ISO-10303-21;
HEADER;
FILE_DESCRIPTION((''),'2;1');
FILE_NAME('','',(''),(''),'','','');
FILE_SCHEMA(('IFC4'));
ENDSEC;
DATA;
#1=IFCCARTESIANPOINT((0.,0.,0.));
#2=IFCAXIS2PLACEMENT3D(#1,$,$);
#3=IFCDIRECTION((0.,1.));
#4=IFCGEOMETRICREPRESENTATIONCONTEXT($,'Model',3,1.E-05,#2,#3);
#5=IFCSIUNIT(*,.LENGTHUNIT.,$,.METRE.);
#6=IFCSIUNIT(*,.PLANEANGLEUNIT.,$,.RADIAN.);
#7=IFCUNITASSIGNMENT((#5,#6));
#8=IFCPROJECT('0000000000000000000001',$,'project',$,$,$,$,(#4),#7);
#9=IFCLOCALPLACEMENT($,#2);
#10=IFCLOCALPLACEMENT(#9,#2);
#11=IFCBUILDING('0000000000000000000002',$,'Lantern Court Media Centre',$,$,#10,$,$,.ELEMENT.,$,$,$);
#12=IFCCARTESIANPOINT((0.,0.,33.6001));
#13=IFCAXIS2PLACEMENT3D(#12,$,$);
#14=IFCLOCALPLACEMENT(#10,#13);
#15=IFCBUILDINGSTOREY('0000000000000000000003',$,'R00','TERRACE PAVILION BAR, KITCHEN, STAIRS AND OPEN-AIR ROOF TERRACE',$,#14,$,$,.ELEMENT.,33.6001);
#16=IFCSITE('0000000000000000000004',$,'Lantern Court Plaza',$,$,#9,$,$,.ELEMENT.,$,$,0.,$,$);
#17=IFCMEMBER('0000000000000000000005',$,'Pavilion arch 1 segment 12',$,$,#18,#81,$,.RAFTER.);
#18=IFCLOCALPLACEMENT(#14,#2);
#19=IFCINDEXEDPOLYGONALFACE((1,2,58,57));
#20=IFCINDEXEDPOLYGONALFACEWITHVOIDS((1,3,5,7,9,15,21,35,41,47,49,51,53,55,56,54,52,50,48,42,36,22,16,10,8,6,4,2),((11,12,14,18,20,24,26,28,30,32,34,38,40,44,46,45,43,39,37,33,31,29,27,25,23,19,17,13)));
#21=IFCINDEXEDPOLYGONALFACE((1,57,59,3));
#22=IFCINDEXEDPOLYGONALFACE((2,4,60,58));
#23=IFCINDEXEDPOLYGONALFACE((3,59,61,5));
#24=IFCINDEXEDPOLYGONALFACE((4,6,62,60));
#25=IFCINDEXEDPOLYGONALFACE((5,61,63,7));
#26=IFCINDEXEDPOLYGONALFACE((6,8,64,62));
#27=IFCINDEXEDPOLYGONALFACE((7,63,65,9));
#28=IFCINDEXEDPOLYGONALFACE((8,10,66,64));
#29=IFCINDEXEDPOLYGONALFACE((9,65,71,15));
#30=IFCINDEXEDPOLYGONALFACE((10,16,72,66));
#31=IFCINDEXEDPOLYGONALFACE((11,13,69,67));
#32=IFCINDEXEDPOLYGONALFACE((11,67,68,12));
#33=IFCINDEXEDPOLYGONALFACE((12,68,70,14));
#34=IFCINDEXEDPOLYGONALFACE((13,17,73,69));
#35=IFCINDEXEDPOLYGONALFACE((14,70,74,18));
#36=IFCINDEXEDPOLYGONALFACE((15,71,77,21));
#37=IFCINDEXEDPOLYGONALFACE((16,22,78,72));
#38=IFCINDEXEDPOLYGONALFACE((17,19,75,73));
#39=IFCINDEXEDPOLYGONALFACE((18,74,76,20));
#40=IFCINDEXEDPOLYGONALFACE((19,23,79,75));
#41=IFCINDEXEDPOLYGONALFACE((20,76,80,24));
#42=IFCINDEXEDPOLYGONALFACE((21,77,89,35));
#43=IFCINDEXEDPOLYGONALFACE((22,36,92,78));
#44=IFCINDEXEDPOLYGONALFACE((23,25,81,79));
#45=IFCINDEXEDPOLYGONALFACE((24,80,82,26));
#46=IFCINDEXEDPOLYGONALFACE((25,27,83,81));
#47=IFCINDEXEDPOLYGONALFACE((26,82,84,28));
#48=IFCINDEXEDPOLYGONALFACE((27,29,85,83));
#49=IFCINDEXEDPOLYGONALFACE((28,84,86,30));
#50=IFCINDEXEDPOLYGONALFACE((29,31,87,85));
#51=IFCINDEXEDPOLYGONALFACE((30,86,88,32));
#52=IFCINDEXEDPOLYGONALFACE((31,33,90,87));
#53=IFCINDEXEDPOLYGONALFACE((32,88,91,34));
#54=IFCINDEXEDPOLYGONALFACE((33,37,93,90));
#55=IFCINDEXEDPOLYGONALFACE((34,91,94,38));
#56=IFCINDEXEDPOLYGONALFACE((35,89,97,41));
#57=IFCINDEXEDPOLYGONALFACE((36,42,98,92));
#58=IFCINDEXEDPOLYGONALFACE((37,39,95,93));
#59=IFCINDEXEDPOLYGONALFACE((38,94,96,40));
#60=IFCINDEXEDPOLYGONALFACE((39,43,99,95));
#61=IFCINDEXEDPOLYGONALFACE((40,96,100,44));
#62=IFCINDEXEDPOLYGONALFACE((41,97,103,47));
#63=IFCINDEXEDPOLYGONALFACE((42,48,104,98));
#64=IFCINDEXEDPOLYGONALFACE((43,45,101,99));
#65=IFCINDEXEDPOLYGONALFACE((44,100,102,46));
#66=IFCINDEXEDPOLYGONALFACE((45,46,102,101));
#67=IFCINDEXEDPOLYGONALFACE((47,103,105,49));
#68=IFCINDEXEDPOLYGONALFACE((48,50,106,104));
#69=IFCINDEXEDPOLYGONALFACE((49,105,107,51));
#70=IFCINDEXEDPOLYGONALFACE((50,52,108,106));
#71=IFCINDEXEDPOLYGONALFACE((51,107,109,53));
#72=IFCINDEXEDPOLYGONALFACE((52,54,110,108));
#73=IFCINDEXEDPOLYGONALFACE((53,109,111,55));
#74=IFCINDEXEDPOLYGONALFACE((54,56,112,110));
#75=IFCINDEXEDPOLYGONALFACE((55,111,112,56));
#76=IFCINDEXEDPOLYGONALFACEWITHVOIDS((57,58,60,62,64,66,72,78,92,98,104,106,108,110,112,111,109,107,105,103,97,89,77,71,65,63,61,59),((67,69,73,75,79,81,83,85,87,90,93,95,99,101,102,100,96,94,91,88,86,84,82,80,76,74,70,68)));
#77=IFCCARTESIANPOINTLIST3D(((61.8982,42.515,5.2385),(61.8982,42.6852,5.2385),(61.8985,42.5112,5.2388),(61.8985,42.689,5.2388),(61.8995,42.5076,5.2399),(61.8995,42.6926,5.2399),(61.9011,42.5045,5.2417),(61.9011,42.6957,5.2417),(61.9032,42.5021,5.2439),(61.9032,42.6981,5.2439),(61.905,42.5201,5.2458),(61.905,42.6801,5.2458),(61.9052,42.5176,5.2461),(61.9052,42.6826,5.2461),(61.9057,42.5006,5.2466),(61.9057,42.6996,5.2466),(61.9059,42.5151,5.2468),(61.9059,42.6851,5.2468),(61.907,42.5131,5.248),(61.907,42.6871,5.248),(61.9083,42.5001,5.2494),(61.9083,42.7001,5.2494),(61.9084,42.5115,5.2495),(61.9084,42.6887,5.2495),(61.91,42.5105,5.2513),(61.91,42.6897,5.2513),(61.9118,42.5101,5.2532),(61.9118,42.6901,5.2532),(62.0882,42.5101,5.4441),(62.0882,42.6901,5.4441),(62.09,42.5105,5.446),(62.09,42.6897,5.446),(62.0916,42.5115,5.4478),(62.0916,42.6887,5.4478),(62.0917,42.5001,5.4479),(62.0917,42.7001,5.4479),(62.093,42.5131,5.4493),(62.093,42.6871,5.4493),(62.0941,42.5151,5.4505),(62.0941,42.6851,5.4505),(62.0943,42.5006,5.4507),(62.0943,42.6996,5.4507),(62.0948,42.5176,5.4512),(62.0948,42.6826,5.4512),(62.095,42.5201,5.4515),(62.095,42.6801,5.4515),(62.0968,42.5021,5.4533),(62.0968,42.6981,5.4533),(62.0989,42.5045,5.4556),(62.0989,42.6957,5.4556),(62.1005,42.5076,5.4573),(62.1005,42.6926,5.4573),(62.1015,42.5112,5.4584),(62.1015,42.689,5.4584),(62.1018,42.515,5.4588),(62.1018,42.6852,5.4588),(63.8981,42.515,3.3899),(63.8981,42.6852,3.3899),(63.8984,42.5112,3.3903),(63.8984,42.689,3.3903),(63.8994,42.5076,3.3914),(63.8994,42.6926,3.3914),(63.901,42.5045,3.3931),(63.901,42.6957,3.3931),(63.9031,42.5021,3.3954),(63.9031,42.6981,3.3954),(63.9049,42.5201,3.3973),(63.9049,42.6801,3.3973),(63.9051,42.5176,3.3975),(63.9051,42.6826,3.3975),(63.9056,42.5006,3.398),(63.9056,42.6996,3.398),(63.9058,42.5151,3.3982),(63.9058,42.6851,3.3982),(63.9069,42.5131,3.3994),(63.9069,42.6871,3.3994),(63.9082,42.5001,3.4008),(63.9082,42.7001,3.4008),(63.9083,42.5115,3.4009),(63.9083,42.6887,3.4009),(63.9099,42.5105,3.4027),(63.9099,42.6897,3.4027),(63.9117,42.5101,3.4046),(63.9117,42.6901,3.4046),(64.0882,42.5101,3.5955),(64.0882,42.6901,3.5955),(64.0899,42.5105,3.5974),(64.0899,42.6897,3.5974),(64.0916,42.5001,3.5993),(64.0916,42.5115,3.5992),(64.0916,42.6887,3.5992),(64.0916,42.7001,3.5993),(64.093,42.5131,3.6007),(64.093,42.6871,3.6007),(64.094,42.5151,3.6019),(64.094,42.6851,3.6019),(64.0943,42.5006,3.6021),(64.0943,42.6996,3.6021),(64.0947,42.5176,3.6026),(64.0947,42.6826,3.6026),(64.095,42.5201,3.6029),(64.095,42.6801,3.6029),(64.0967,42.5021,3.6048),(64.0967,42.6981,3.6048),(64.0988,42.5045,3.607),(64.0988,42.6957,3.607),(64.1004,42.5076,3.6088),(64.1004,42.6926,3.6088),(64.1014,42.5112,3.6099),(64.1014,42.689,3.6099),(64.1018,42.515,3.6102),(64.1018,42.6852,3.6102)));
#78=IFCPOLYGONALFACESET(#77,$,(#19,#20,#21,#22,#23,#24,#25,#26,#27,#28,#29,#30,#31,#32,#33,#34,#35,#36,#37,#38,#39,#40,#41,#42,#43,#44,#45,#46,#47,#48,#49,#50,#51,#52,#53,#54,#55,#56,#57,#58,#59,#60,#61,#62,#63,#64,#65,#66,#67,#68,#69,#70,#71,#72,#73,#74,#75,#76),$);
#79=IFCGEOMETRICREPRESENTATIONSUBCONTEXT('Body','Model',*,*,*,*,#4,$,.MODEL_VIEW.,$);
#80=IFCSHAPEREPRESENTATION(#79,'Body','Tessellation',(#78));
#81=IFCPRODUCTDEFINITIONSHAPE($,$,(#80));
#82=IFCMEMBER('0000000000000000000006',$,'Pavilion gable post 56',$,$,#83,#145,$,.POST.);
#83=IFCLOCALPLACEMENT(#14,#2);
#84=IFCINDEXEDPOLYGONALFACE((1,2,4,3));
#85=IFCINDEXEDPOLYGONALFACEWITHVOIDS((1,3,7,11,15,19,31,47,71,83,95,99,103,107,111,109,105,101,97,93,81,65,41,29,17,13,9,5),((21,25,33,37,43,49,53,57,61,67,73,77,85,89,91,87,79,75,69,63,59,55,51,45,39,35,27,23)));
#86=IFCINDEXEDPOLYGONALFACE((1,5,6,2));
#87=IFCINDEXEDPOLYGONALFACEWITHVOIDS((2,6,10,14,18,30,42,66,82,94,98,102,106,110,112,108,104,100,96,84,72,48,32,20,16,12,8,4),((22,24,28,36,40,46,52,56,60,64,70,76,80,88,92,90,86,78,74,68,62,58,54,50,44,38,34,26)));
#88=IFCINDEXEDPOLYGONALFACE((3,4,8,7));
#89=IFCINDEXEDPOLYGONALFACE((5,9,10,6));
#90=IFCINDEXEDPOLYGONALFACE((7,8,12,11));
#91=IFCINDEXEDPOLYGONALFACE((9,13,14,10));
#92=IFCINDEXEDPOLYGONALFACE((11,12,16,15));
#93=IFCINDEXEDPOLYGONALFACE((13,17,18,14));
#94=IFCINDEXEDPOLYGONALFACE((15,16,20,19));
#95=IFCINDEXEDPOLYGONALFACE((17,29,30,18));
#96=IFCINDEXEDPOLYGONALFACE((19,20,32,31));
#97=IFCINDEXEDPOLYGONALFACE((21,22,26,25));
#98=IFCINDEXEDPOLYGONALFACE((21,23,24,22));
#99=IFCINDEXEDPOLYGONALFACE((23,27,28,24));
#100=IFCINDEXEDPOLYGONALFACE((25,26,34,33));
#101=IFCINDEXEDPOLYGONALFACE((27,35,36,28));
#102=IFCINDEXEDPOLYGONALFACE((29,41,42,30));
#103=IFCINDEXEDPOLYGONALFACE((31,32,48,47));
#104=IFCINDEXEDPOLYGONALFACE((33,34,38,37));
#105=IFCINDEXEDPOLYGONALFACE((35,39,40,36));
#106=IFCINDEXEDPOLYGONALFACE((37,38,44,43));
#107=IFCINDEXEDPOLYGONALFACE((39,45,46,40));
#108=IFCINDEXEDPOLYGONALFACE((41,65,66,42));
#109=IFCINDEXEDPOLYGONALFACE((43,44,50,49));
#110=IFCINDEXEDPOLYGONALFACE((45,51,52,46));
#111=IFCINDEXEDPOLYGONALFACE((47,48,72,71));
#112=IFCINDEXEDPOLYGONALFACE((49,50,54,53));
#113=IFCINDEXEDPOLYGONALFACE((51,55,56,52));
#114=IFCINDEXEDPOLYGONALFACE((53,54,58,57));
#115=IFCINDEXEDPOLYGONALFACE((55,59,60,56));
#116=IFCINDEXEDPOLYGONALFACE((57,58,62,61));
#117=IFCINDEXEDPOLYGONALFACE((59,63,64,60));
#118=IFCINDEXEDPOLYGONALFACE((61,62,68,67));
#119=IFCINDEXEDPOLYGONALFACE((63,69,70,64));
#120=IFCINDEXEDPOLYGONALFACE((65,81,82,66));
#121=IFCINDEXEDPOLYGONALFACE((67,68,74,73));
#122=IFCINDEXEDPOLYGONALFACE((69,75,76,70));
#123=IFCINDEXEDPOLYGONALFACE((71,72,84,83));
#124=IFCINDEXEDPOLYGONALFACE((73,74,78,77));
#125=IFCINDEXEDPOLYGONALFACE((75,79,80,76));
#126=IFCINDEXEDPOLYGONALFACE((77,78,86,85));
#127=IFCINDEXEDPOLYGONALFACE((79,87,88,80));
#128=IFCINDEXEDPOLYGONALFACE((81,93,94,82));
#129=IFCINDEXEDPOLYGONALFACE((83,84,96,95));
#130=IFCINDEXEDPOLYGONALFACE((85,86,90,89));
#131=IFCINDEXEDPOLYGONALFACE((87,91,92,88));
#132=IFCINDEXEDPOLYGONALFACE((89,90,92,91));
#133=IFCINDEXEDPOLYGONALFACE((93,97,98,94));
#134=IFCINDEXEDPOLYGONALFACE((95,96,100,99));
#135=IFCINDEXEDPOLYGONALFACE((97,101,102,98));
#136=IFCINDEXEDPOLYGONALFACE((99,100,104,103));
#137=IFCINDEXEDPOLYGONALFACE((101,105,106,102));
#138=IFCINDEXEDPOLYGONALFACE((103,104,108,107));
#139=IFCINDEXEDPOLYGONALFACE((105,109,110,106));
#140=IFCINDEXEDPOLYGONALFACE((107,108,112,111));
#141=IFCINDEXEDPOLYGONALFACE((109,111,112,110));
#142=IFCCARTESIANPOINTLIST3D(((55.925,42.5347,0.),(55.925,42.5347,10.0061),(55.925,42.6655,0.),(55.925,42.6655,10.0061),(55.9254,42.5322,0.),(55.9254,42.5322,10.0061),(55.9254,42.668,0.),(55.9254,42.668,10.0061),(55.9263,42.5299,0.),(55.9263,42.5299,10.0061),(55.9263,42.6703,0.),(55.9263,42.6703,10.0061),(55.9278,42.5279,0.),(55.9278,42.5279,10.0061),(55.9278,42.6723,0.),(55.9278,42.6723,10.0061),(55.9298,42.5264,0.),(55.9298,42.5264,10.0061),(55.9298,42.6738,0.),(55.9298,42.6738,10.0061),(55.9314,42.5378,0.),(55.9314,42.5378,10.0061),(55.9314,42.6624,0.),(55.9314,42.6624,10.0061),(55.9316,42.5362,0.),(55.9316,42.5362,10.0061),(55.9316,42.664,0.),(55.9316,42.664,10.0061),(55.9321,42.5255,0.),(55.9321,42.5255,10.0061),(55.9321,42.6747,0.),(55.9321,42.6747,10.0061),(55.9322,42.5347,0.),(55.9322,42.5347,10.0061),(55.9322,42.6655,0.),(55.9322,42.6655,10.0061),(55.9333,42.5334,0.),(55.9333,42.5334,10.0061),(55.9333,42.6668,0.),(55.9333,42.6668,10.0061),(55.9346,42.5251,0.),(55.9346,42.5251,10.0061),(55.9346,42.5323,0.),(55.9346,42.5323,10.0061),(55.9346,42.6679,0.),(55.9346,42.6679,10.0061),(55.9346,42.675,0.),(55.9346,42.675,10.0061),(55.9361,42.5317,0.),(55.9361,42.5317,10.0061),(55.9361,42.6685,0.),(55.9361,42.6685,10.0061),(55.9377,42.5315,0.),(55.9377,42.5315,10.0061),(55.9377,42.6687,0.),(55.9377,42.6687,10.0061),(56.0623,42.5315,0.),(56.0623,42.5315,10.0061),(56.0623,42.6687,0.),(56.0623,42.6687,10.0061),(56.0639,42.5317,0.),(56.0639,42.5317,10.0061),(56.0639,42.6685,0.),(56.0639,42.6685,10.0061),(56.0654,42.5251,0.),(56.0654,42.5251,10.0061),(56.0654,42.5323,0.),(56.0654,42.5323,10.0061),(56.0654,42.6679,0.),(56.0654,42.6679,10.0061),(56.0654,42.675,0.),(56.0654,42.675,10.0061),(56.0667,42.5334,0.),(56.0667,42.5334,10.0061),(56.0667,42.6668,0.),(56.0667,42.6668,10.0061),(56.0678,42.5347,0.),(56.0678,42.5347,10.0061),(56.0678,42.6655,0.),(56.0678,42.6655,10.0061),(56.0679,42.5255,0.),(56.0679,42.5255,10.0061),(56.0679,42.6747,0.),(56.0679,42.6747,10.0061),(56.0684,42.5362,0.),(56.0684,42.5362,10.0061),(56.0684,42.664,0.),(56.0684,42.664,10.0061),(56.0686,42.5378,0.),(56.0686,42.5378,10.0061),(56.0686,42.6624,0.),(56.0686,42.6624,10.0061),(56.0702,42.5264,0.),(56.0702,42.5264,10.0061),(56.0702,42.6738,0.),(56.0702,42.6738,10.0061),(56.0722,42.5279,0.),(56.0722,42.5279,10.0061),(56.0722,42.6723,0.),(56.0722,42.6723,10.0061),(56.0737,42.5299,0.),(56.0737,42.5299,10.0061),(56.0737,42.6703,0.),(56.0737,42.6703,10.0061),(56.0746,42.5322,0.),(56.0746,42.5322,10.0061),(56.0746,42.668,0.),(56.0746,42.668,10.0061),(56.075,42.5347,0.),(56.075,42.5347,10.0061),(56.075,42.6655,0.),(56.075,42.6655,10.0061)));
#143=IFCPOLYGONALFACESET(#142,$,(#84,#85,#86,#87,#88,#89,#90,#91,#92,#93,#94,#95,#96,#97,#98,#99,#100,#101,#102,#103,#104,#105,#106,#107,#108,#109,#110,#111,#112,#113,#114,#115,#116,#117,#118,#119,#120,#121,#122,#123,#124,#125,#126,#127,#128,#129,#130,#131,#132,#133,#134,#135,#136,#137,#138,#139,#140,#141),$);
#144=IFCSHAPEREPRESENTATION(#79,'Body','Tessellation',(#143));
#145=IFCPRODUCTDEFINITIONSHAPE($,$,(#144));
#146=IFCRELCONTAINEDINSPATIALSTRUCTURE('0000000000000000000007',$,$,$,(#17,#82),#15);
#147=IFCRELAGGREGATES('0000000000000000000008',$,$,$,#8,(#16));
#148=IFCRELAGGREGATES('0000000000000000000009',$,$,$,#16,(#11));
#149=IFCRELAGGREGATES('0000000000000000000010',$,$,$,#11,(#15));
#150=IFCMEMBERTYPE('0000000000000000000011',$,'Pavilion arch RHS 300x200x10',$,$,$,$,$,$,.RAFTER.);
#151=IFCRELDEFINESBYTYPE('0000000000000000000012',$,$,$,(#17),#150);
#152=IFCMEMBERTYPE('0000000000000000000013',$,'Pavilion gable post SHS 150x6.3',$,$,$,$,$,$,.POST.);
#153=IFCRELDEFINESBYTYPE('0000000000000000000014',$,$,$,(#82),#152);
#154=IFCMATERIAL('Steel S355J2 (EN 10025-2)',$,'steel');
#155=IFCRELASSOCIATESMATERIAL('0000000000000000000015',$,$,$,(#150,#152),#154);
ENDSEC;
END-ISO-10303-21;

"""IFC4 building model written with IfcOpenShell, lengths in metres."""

from ifc_helpers import new_model, si_unit, direction, frame, origin, origin_2d, place, context, subcontext, project, spatial, hollow_rectangle, extrude, material, material_profile, profile_set, type_object, element, save


model = new_model("IFC4")

# Units and contexts
model_context = context("Model", 3, precision=1e-05, world=origin(), true_north=direction((0.0, 1.0)))
body_context = subcontext(model_context, "Body", "Model", "MODEL_VIEW")
ifc_project = project(units=[si_unit("LENGTHUNIT", "METRE"), si_unit("PLANEANGLEUNIT", "RADIAN")], contexts=[model_context])

# Site, building, storey
site_placement = place(None, origin())
site = spatial("IfcSite", under=ifc_project, at=site_placement, Name="Lantern Court Plaza", CompositionType="ELEMENT", RefElevation=0.0)
building_placement = place(site_placement, origin())
building = spatial("IfcBuilding", under=site, at=building_placement, Name="Lantern Court Media Centre", CompositionType="ELEMENT")
storey_placement = place(building_placement, frame((0.0, 0.0, 33.6001)))
storey = spatial("IfcBuildingStorey", under=building, at=storey_placement, Name="R00", Description="TERRACE PAVILION BAR, KITCHEN, STAIRS AND OPEN-AIR ROOF TERRACE", CompositionType="ELEMENT", Elevation=33.6001)

# Members
ifc_material_1 = material(Name="Steel S355J2 (EN 10025-2)", Category="steel")
ifc_material_profile_1 = material_profile(ifc_material_1, hollow_rectangle(XDim=0.2, YDim=0.3, WallThickness=0.01, InnerFilletRadius=0.01, OuterFilletRadius=0.0149, at=origin_2d()), Name="Pavilion arch RHS 300x200x10")
ifc_profile_set_1 = profile_set([ifc_material_profile_1], Name="Steel S355J2 (EN 10025-2)")
member_type_1 = type_object("IfcMemberType", Name="Pavilion arch RHS 300x200x10", PredefinedType="RAFTER", material=ifc_profile_set_1)
member_1_placement = place(storey_placement, frame((62.0, 42.6001, 5.3486), z_axis=(0.73435, 0.0, -0.678771), x_axis=(0.0, 1.0, 0.0)))
element("IfcMember", 1, at=member_1_placement, inside=storey, type_object=member_type_1, Name="Pavilion arch 1 segment 12", PredefinedType="RAFTER", context=body_context, shape_type="SweptSolid", body=[
    extrude(hollow_rectangle(XDim=0.2, YDim=0.3, WallThickness=0.01, InnerFilletRadius=0.01, OuterFilletRadius=0.0149, at=origin_2d()), origin(), (0.0, 0.0, 1.0), 2.7234),
])
ifc_material_profile_2 = material_profile(ifc_material_1, hollow_rectangle(XDim=0.1499, YDim=0.1499, WallThickness=0.0063, InnerFilletRadius=0.0063, OuterFilletRadius=0.0095, at=origin_2d()), Name="Pavilion gable post SHS 150x6.3")
ifc_profile_set_2 = profile_set([ifc_material_profile_2], Name="Steel S355J2 (EN 10025-2)")
member_type_2 = type_object("IfcMemberType", Name="Pavilion gable post SHS 150x6.3", PredefinedType="POST", material=ifc_profile_set_2)
member_2_placement = place(storey_placement, frame((56.0, 42.6001, 0.0), z_axis=(0.0, 0.0, 1.0), x_axis=(1.0, 0.0, 0.0)))
element("IfcMember", 2, at=member_2_placement, inside=storey, type_object=member_type_2, Name="Pavilion gable post 56", PredefinedType="POST", context=body_context, shape_type="SweptSolid", body=[
    extrude(hollow_rectangle(XDim=0.1499, YDim=0.1499, WallThickness=0.0063, InnerFilletRadius=0.0063, OuterFilletRadius=0.0095, at=origin_2d()), origin(), (0.0, 0.0, 1.0), 10.0061),
])

save(model, "model.ifc")
